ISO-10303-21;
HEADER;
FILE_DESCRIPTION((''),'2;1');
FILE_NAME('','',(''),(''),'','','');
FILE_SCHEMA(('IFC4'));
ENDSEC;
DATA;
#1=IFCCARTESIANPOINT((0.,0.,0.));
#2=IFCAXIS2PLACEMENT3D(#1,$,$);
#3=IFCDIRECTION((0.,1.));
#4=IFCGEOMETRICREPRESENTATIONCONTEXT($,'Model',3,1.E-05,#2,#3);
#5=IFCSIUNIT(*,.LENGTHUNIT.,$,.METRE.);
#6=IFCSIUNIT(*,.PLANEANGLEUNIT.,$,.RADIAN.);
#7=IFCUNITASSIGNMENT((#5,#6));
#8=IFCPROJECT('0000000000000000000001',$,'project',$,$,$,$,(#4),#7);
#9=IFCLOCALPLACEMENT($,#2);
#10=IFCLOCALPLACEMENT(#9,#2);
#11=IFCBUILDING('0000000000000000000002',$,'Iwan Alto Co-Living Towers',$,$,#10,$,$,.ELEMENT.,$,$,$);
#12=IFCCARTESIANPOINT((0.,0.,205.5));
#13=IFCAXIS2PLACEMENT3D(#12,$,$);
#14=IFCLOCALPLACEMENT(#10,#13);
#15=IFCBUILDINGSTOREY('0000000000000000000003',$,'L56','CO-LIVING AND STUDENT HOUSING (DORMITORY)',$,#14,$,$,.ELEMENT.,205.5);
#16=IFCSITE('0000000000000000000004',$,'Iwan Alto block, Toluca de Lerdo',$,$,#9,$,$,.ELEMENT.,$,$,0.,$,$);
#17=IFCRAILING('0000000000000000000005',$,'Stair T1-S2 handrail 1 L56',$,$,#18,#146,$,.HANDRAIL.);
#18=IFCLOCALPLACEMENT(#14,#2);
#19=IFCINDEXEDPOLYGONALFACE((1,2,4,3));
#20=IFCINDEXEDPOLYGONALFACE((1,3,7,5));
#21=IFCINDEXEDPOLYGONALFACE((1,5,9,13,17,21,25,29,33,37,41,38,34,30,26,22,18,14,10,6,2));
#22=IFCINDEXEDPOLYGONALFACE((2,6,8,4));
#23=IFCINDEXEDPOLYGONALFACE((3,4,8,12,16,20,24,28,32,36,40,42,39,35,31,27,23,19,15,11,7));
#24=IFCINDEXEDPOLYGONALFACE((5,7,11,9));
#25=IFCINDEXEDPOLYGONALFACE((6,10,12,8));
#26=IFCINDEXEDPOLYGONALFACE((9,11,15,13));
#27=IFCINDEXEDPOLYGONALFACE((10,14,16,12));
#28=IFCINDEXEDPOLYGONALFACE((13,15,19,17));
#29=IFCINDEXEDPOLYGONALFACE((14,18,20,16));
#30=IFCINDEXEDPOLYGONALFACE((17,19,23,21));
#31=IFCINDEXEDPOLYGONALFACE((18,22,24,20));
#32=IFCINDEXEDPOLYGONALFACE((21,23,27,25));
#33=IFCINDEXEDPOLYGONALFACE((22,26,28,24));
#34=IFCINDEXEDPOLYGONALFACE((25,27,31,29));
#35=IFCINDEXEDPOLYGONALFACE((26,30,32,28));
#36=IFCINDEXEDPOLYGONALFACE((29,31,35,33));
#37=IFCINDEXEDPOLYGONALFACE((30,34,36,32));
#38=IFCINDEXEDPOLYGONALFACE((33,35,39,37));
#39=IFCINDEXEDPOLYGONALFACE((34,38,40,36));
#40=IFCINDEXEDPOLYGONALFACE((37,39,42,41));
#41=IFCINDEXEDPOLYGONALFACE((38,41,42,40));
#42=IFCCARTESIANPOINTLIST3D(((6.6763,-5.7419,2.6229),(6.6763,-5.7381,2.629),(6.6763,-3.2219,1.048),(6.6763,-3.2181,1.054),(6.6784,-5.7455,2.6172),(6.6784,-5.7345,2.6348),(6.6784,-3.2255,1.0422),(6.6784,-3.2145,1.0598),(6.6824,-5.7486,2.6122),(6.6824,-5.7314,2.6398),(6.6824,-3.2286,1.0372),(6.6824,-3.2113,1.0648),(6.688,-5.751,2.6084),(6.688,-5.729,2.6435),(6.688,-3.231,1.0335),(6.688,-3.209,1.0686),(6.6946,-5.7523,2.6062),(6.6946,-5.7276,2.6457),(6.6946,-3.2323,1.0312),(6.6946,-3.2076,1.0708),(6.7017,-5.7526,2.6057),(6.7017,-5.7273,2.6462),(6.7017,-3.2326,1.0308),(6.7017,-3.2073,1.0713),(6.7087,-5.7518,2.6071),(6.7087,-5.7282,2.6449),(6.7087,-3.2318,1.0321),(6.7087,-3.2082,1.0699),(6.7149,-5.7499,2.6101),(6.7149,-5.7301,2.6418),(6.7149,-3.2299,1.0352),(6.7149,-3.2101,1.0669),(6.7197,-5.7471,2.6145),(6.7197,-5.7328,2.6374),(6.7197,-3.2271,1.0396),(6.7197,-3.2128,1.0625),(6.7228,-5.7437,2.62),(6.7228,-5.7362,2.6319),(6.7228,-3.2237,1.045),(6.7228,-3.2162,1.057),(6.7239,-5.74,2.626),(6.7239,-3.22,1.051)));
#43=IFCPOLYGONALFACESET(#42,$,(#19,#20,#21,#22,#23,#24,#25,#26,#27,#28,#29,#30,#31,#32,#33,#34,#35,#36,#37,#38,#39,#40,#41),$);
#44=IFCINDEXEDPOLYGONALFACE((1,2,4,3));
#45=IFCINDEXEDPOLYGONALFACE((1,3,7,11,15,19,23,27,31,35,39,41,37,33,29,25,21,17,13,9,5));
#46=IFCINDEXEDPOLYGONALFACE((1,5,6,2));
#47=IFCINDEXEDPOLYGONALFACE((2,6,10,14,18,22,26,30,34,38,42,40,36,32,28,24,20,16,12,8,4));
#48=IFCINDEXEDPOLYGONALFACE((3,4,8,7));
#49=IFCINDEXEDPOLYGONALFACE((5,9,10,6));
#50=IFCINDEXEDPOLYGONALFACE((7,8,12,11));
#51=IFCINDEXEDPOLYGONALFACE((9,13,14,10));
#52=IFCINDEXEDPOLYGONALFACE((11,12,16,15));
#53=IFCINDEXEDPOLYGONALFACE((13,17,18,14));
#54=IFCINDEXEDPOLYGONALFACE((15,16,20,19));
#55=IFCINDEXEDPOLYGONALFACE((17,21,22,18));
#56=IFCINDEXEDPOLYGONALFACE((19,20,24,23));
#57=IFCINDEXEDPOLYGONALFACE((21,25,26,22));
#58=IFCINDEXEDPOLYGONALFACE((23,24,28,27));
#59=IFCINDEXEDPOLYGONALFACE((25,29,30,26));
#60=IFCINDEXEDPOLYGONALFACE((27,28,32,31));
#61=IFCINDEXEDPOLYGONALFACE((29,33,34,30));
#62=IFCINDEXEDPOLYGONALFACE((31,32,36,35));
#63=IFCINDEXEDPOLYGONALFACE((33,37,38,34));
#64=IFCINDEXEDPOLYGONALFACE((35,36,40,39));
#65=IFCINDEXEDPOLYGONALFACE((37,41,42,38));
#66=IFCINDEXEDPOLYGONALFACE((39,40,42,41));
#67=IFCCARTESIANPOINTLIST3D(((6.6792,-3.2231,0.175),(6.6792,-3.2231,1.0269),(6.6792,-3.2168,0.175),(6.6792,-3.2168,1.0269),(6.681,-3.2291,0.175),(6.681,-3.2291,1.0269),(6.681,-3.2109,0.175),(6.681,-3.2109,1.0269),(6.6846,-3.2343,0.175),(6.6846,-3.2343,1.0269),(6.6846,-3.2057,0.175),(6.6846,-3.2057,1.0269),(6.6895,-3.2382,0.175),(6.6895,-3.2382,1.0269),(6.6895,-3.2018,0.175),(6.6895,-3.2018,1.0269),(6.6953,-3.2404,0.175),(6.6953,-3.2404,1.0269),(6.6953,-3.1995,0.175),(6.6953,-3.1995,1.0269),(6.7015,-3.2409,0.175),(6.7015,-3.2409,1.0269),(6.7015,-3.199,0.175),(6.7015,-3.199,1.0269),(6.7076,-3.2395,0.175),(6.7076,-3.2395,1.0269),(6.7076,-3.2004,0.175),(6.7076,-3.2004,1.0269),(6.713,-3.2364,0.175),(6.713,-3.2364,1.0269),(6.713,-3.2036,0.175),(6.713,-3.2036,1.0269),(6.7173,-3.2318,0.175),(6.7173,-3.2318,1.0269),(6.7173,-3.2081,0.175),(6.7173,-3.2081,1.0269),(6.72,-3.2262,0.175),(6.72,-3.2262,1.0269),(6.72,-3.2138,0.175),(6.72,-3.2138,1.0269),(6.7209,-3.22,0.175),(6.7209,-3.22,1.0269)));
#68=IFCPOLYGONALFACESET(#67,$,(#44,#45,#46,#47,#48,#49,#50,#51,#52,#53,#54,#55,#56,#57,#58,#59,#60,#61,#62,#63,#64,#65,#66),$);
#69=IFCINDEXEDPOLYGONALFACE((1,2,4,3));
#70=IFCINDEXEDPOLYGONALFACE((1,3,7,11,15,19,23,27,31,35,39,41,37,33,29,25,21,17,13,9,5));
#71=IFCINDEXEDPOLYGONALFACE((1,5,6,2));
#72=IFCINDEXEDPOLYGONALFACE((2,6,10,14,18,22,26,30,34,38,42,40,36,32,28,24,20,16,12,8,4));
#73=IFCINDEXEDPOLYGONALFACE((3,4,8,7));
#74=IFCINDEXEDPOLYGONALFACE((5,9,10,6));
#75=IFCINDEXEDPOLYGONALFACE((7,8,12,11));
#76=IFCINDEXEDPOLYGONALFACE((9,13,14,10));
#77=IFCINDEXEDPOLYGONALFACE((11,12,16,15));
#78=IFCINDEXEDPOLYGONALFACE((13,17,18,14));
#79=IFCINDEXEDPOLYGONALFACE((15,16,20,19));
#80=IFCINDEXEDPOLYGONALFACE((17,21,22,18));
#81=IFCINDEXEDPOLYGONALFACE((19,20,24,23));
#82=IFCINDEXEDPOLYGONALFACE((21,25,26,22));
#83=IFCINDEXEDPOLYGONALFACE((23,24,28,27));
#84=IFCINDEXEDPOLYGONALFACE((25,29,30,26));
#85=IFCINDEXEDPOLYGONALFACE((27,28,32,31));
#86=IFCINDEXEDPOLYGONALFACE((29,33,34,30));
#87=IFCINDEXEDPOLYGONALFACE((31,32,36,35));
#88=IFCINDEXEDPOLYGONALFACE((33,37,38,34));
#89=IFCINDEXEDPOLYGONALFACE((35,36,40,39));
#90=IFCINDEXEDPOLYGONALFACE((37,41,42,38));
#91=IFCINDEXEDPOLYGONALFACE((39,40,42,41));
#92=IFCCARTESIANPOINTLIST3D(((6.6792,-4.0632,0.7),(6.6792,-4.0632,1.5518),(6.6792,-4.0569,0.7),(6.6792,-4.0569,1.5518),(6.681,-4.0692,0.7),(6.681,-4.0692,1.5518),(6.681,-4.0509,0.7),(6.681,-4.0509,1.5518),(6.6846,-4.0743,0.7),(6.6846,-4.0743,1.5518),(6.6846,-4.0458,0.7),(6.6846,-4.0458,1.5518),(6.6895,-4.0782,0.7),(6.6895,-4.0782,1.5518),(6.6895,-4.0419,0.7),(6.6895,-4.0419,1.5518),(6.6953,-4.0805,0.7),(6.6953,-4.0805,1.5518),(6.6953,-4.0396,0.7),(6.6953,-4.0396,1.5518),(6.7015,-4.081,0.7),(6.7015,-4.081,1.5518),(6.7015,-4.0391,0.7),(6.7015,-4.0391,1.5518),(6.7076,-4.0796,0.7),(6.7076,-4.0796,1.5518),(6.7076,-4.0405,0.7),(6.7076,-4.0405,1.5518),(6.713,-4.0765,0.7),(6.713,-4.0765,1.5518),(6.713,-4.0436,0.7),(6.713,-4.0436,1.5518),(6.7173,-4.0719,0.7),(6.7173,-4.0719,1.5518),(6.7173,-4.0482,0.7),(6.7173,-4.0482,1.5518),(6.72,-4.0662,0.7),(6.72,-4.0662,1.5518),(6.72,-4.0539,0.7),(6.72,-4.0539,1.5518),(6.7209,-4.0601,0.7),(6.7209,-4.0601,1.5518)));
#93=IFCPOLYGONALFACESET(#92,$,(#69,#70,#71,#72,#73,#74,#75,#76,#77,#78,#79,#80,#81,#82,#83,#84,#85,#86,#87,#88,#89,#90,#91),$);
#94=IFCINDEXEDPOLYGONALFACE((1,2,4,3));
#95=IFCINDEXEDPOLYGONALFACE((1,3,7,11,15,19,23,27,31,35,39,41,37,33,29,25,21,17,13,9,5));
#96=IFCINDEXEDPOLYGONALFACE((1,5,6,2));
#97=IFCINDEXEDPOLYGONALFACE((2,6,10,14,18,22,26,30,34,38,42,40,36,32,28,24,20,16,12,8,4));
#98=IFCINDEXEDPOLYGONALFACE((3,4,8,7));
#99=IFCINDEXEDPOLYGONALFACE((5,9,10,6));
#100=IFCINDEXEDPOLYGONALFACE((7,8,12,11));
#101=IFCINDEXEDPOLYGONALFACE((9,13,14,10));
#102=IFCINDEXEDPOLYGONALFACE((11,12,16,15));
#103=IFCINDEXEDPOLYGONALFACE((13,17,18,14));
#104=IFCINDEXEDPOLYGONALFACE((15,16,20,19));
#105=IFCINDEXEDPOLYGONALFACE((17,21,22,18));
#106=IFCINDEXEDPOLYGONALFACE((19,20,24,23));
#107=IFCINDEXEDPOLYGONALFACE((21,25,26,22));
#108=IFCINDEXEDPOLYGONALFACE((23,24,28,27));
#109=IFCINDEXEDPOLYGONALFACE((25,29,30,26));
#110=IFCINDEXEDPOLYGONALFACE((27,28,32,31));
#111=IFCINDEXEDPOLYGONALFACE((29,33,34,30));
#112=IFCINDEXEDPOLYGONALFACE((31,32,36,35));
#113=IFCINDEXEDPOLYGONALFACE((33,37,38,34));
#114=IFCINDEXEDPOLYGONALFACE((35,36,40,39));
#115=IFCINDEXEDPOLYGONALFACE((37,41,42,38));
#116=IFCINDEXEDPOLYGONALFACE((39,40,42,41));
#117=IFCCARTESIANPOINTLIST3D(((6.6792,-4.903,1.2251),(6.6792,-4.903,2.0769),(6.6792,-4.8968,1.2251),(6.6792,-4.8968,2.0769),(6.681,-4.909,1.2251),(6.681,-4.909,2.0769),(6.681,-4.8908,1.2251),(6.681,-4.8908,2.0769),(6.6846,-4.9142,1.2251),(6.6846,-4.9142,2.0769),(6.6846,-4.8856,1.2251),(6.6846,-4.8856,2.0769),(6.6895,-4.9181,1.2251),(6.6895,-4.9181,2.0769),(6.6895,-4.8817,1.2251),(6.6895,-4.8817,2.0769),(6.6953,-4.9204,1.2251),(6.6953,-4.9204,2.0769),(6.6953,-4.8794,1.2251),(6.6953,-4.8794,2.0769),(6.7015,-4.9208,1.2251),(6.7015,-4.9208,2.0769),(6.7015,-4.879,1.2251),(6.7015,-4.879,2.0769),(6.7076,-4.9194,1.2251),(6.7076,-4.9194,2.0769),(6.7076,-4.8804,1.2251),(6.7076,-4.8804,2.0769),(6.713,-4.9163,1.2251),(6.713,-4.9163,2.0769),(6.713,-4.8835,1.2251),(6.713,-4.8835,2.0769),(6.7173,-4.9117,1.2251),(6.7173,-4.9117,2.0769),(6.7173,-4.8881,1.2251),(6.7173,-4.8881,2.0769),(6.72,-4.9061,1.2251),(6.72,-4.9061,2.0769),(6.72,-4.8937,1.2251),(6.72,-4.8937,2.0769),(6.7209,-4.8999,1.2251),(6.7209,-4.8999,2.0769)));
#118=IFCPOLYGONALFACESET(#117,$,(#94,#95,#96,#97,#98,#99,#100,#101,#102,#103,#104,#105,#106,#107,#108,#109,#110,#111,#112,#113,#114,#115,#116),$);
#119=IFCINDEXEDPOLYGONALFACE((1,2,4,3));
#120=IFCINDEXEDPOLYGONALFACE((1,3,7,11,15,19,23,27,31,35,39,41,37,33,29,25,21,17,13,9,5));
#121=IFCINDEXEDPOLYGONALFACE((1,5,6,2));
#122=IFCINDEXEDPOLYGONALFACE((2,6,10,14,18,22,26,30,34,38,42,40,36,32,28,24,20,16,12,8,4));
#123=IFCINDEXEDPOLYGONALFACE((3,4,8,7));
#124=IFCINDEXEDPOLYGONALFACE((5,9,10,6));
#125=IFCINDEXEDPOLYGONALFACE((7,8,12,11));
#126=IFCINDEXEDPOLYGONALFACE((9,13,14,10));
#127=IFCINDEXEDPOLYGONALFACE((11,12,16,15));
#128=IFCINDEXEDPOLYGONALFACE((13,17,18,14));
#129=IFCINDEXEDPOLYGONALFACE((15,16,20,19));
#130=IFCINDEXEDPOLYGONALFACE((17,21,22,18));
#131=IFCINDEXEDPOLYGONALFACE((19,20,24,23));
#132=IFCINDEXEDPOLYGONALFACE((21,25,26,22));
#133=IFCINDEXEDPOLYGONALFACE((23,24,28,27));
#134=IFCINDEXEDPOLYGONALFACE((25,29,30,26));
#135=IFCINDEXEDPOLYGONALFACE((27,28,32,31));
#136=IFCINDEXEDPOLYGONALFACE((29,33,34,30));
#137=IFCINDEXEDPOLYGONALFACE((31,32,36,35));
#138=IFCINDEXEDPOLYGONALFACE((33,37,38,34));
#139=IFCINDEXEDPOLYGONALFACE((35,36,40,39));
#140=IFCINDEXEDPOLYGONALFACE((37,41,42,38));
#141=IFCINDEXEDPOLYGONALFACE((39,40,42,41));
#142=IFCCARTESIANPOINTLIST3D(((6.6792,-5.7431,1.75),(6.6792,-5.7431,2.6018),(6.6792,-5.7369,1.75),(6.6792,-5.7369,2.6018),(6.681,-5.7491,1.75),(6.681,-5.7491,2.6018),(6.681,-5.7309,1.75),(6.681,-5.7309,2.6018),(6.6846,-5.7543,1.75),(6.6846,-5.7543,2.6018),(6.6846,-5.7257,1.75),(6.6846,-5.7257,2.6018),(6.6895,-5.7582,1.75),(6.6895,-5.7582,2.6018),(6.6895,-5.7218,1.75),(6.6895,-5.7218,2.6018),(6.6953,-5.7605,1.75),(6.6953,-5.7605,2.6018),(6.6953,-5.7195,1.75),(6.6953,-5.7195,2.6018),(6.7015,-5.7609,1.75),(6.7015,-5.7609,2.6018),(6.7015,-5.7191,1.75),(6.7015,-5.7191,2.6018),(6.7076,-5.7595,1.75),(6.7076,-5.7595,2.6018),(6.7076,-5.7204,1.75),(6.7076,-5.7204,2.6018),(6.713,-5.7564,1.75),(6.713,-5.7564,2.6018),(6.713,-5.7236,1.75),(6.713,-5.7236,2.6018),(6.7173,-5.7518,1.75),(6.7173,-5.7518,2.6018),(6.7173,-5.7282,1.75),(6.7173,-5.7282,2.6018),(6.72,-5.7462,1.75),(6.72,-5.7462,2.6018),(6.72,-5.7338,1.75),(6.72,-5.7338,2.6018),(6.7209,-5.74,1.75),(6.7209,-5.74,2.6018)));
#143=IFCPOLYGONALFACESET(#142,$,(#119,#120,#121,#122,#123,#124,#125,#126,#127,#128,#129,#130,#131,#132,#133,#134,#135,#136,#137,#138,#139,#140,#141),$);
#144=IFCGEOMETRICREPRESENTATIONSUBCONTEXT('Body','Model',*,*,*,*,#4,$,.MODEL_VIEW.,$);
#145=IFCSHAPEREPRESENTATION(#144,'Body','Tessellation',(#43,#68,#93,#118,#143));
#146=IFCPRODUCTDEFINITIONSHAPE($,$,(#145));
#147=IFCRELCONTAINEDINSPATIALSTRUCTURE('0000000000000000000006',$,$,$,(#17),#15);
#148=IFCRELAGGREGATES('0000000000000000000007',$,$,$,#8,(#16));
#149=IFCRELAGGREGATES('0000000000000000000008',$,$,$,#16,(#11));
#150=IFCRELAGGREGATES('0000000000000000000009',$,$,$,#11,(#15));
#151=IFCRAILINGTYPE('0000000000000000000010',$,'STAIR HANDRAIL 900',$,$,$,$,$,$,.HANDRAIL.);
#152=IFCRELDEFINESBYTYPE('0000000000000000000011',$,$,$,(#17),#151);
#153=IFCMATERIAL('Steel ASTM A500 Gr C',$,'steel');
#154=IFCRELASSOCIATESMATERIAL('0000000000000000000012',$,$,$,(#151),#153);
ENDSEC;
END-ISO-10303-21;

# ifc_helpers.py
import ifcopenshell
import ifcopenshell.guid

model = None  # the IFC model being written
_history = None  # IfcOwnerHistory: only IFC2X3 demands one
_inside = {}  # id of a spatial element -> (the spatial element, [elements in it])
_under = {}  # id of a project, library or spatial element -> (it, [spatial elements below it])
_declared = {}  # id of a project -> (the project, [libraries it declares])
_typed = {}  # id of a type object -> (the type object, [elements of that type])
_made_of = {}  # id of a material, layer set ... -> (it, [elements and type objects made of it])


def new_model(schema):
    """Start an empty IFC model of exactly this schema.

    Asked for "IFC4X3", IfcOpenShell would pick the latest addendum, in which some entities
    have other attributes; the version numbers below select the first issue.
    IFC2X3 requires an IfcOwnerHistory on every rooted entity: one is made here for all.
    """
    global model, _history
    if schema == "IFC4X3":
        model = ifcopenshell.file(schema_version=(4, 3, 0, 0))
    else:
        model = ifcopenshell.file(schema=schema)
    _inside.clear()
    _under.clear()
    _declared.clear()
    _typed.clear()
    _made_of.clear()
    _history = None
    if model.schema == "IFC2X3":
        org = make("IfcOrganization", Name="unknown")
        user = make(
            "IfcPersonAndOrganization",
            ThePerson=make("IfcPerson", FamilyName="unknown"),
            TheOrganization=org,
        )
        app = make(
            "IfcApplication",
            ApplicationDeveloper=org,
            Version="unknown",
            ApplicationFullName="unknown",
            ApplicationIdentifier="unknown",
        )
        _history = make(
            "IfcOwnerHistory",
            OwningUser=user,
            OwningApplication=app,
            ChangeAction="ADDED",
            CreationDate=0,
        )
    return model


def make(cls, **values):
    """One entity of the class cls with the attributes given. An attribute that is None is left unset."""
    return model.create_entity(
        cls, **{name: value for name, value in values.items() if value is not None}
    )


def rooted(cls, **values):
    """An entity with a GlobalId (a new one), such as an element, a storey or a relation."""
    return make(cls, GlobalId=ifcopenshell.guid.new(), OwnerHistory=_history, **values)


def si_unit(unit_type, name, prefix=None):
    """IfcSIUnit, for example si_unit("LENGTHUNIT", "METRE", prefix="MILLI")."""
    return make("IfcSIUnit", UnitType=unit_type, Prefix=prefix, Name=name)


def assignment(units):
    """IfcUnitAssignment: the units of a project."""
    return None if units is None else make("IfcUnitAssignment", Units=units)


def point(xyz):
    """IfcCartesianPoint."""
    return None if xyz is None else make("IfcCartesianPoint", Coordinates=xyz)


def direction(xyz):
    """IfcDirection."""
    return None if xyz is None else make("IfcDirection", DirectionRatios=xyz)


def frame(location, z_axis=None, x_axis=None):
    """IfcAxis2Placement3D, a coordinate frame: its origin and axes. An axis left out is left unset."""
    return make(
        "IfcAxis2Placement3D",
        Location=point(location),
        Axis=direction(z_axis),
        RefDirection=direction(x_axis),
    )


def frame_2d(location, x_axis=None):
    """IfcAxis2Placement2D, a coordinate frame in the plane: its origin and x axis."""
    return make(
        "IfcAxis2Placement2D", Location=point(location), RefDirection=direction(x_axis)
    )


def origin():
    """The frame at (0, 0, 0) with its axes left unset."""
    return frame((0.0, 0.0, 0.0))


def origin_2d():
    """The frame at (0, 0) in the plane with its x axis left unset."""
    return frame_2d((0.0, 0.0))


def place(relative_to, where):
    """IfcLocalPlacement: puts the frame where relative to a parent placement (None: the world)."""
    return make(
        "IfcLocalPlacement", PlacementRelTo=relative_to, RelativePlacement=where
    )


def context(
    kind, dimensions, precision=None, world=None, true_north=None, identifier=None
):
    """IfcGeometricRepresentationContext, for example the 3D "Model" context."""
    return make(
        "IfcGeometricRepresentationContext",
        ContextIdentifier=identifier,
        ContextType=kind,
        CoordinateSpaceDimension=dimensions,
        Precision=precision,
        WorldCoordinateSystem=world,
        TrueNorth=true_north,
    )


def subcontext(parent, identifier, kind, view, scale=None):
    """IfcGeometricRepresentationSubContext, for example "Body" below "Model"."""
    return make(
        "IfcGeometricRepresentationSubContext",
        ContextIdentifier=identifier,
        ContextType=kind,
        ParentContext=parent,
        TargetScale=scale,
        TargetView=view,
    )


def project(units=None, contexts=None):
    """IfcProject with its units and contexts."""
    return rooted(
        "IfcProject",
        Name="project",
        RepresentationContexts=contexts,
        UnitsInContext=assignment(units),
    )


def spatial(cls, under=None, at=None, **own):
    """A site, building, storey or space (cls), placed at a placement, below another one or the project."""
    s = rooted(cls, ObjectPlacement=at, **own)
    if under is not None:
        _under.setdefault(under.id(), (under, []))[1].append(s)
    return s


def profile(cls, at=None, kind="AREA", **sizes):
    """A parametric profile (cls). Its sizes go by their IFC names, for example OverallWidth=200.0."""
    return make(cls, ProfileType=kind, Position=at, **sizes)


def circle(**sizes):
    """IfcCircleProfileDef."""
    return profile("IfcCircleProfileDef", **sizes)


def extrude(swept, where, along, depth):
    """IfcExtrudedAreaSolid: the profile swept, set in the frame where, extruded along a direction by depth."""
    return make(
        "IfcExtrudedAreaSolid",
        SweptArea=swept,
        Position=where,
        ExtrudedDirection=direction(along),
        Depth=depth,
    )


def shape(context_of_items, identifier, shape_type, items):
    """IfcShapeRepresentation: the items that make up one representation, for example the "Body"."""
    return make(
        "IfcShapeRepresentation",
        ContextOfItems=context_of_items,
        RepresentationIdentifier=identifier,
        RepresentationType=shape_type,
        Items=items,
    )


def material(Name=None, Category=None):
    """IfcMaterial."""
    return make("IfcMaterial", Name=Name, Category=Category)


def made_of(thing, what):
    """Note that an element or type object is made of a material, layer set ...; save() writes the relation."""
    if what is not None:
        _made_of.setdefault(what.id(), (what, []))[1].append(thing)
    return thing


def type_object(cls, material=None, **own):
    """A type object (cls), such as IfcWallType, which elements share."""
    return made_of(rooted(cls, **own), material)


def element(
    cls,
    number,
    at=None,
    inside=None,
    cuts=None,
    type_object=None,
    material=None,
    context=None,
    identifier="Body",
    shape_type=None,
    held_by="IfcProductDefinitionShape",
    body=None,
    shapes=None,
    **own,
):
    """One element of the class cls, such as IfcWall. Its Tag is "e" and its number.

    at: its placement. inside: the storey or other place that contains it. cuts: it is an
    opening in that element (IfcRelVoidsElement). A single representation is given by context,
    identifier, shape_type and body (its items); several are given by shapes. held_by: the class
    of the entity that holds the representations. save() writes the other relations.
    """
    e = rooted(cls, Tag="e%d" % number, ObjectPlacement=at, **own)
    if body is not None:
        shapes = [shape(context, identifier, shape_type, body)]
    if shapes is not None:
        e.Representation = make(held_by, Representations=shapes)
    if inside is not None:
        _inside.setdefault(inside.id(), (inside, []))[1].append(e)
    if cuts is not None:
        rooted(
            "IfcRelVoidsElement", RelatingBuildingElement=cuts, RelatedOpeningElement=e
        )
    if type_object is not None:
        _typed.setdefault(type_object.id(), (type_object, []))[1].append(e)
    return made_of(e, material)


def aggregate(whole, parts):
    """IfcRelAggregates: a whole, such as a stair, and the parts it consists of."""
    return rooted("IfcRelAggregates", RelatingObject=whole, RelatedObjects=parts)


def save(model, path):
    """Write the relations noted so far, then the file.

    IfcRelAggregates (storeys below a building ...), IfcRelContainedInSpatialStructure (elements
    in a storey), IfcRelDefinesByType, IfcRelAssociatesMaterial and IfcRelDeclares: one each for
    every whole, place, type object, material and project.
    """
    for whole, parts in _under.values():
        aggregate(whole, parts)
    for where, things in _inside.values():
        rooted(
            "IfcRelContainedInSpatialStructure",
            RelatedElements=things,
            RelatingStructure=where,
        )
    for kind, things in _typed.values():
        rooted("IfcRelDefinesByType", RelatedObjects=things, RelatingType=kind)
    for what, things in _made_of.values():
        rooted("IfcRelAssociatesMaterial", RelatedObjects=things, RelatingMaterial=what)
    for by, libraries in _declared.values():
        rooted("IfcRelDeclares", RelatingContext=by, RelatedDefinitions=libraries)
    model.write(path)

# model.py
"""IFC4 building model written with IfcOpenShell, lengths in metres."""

from ifc_helpers import new_model, si_unit, direction, frame, origin, origin_2d, place, context, subcontext, project, spatial, circle, extrude, material, type_object, element, save


model = new_model("IFC4")

# Units and contexts
model_context = context("Model", 3, precision=1e-05, world=origin(), true_north=direction((0.0, 1.0)))
body_context = subcontext(model_context, "Body", "Model", "MODEL_VIEW")
ifc_project = project(units=[si_unit("LENGTHUNIT", "METRE"), si_unit("PLANEANGLEUNIT", "RADIAN")], contexts=[model_context])

# Site, building, storey
site_placement = place(None, origin())
site = spatial("IfcSite", under=ifc_project, at=site_placement, Name="Iwan Alto block, Toluca de Lerdo", CompositionType="ELEMENT", RefElevation=0.0)
building_placement = place(site_placement, origin())
building = spatial("IfcBuilding", under=site, at=building_placement, Name="Iwan Alto Co-Living Towers", CompositionType="ELEMENT")
storey_placement = place(building_placement, frame((0.0, 0.0, 205.5)))
storey = spatial("IfcBuildingStorey", under=building, at=storey_placement, Name="L56", Description="CO-LIVING AND STUDENT HOUSING (DORMITORY)", CompositionType="ELEMENT", Elevation=205.5)

# Railing
ifc_material_1 = material(Name="Steel ASTM A500 Gr C", Category="steel")
railing_type_1 = type_object("IfcRailingType", Name="STAIR HANDRAIL 900", PredefinedType="HANDRAIL", material=ifc_material_1)
railing_1_placement = place(storey_placement, frame((6.7, -3.22, 0.175)))
element("IfcRailing", 1, at=railing_1_placement, inside=storey, type_object=railing_type_1, Name="Stair T1-S2 handrail 1 L56", PredefinedType="HANDRAIL", context=body_context, shape_type="SweptSolid", body=[
    extrude(circle(Radius=0.0239, at=origin_2d()), frame((0.0, 0.0, 0.876), z_axis=(0.0, -0.848008, 0.529984), x_axis=(1.0, 0.0, 0.0)), (0.0, 0.0, 1.0), 2.9717),
    extrude(circle(Radius=0.021, at=origin_2d()), origin(), (0.0, 0.0, 1.0), 0.8518),
    extrude(circle(Radius=0.021, at=origin_2d()), frame((0.0, -0.8401, 0.5249)), (0.0, 0.0, 1.0), 0.8518),
    extrude(circle(Radius=0.021, at=origin_2d()), frame((0.0, -1.6799, 1.05)), (0.0, 0.0, 1.0), 0.8518),
    extrude(circle(Radius=0.021, at=origin_2d()), frame((0.0, -2.52, 1.575)), (0.0, 0.0, 1.0), 0.8518),
])

save(model, "model.ifc")
